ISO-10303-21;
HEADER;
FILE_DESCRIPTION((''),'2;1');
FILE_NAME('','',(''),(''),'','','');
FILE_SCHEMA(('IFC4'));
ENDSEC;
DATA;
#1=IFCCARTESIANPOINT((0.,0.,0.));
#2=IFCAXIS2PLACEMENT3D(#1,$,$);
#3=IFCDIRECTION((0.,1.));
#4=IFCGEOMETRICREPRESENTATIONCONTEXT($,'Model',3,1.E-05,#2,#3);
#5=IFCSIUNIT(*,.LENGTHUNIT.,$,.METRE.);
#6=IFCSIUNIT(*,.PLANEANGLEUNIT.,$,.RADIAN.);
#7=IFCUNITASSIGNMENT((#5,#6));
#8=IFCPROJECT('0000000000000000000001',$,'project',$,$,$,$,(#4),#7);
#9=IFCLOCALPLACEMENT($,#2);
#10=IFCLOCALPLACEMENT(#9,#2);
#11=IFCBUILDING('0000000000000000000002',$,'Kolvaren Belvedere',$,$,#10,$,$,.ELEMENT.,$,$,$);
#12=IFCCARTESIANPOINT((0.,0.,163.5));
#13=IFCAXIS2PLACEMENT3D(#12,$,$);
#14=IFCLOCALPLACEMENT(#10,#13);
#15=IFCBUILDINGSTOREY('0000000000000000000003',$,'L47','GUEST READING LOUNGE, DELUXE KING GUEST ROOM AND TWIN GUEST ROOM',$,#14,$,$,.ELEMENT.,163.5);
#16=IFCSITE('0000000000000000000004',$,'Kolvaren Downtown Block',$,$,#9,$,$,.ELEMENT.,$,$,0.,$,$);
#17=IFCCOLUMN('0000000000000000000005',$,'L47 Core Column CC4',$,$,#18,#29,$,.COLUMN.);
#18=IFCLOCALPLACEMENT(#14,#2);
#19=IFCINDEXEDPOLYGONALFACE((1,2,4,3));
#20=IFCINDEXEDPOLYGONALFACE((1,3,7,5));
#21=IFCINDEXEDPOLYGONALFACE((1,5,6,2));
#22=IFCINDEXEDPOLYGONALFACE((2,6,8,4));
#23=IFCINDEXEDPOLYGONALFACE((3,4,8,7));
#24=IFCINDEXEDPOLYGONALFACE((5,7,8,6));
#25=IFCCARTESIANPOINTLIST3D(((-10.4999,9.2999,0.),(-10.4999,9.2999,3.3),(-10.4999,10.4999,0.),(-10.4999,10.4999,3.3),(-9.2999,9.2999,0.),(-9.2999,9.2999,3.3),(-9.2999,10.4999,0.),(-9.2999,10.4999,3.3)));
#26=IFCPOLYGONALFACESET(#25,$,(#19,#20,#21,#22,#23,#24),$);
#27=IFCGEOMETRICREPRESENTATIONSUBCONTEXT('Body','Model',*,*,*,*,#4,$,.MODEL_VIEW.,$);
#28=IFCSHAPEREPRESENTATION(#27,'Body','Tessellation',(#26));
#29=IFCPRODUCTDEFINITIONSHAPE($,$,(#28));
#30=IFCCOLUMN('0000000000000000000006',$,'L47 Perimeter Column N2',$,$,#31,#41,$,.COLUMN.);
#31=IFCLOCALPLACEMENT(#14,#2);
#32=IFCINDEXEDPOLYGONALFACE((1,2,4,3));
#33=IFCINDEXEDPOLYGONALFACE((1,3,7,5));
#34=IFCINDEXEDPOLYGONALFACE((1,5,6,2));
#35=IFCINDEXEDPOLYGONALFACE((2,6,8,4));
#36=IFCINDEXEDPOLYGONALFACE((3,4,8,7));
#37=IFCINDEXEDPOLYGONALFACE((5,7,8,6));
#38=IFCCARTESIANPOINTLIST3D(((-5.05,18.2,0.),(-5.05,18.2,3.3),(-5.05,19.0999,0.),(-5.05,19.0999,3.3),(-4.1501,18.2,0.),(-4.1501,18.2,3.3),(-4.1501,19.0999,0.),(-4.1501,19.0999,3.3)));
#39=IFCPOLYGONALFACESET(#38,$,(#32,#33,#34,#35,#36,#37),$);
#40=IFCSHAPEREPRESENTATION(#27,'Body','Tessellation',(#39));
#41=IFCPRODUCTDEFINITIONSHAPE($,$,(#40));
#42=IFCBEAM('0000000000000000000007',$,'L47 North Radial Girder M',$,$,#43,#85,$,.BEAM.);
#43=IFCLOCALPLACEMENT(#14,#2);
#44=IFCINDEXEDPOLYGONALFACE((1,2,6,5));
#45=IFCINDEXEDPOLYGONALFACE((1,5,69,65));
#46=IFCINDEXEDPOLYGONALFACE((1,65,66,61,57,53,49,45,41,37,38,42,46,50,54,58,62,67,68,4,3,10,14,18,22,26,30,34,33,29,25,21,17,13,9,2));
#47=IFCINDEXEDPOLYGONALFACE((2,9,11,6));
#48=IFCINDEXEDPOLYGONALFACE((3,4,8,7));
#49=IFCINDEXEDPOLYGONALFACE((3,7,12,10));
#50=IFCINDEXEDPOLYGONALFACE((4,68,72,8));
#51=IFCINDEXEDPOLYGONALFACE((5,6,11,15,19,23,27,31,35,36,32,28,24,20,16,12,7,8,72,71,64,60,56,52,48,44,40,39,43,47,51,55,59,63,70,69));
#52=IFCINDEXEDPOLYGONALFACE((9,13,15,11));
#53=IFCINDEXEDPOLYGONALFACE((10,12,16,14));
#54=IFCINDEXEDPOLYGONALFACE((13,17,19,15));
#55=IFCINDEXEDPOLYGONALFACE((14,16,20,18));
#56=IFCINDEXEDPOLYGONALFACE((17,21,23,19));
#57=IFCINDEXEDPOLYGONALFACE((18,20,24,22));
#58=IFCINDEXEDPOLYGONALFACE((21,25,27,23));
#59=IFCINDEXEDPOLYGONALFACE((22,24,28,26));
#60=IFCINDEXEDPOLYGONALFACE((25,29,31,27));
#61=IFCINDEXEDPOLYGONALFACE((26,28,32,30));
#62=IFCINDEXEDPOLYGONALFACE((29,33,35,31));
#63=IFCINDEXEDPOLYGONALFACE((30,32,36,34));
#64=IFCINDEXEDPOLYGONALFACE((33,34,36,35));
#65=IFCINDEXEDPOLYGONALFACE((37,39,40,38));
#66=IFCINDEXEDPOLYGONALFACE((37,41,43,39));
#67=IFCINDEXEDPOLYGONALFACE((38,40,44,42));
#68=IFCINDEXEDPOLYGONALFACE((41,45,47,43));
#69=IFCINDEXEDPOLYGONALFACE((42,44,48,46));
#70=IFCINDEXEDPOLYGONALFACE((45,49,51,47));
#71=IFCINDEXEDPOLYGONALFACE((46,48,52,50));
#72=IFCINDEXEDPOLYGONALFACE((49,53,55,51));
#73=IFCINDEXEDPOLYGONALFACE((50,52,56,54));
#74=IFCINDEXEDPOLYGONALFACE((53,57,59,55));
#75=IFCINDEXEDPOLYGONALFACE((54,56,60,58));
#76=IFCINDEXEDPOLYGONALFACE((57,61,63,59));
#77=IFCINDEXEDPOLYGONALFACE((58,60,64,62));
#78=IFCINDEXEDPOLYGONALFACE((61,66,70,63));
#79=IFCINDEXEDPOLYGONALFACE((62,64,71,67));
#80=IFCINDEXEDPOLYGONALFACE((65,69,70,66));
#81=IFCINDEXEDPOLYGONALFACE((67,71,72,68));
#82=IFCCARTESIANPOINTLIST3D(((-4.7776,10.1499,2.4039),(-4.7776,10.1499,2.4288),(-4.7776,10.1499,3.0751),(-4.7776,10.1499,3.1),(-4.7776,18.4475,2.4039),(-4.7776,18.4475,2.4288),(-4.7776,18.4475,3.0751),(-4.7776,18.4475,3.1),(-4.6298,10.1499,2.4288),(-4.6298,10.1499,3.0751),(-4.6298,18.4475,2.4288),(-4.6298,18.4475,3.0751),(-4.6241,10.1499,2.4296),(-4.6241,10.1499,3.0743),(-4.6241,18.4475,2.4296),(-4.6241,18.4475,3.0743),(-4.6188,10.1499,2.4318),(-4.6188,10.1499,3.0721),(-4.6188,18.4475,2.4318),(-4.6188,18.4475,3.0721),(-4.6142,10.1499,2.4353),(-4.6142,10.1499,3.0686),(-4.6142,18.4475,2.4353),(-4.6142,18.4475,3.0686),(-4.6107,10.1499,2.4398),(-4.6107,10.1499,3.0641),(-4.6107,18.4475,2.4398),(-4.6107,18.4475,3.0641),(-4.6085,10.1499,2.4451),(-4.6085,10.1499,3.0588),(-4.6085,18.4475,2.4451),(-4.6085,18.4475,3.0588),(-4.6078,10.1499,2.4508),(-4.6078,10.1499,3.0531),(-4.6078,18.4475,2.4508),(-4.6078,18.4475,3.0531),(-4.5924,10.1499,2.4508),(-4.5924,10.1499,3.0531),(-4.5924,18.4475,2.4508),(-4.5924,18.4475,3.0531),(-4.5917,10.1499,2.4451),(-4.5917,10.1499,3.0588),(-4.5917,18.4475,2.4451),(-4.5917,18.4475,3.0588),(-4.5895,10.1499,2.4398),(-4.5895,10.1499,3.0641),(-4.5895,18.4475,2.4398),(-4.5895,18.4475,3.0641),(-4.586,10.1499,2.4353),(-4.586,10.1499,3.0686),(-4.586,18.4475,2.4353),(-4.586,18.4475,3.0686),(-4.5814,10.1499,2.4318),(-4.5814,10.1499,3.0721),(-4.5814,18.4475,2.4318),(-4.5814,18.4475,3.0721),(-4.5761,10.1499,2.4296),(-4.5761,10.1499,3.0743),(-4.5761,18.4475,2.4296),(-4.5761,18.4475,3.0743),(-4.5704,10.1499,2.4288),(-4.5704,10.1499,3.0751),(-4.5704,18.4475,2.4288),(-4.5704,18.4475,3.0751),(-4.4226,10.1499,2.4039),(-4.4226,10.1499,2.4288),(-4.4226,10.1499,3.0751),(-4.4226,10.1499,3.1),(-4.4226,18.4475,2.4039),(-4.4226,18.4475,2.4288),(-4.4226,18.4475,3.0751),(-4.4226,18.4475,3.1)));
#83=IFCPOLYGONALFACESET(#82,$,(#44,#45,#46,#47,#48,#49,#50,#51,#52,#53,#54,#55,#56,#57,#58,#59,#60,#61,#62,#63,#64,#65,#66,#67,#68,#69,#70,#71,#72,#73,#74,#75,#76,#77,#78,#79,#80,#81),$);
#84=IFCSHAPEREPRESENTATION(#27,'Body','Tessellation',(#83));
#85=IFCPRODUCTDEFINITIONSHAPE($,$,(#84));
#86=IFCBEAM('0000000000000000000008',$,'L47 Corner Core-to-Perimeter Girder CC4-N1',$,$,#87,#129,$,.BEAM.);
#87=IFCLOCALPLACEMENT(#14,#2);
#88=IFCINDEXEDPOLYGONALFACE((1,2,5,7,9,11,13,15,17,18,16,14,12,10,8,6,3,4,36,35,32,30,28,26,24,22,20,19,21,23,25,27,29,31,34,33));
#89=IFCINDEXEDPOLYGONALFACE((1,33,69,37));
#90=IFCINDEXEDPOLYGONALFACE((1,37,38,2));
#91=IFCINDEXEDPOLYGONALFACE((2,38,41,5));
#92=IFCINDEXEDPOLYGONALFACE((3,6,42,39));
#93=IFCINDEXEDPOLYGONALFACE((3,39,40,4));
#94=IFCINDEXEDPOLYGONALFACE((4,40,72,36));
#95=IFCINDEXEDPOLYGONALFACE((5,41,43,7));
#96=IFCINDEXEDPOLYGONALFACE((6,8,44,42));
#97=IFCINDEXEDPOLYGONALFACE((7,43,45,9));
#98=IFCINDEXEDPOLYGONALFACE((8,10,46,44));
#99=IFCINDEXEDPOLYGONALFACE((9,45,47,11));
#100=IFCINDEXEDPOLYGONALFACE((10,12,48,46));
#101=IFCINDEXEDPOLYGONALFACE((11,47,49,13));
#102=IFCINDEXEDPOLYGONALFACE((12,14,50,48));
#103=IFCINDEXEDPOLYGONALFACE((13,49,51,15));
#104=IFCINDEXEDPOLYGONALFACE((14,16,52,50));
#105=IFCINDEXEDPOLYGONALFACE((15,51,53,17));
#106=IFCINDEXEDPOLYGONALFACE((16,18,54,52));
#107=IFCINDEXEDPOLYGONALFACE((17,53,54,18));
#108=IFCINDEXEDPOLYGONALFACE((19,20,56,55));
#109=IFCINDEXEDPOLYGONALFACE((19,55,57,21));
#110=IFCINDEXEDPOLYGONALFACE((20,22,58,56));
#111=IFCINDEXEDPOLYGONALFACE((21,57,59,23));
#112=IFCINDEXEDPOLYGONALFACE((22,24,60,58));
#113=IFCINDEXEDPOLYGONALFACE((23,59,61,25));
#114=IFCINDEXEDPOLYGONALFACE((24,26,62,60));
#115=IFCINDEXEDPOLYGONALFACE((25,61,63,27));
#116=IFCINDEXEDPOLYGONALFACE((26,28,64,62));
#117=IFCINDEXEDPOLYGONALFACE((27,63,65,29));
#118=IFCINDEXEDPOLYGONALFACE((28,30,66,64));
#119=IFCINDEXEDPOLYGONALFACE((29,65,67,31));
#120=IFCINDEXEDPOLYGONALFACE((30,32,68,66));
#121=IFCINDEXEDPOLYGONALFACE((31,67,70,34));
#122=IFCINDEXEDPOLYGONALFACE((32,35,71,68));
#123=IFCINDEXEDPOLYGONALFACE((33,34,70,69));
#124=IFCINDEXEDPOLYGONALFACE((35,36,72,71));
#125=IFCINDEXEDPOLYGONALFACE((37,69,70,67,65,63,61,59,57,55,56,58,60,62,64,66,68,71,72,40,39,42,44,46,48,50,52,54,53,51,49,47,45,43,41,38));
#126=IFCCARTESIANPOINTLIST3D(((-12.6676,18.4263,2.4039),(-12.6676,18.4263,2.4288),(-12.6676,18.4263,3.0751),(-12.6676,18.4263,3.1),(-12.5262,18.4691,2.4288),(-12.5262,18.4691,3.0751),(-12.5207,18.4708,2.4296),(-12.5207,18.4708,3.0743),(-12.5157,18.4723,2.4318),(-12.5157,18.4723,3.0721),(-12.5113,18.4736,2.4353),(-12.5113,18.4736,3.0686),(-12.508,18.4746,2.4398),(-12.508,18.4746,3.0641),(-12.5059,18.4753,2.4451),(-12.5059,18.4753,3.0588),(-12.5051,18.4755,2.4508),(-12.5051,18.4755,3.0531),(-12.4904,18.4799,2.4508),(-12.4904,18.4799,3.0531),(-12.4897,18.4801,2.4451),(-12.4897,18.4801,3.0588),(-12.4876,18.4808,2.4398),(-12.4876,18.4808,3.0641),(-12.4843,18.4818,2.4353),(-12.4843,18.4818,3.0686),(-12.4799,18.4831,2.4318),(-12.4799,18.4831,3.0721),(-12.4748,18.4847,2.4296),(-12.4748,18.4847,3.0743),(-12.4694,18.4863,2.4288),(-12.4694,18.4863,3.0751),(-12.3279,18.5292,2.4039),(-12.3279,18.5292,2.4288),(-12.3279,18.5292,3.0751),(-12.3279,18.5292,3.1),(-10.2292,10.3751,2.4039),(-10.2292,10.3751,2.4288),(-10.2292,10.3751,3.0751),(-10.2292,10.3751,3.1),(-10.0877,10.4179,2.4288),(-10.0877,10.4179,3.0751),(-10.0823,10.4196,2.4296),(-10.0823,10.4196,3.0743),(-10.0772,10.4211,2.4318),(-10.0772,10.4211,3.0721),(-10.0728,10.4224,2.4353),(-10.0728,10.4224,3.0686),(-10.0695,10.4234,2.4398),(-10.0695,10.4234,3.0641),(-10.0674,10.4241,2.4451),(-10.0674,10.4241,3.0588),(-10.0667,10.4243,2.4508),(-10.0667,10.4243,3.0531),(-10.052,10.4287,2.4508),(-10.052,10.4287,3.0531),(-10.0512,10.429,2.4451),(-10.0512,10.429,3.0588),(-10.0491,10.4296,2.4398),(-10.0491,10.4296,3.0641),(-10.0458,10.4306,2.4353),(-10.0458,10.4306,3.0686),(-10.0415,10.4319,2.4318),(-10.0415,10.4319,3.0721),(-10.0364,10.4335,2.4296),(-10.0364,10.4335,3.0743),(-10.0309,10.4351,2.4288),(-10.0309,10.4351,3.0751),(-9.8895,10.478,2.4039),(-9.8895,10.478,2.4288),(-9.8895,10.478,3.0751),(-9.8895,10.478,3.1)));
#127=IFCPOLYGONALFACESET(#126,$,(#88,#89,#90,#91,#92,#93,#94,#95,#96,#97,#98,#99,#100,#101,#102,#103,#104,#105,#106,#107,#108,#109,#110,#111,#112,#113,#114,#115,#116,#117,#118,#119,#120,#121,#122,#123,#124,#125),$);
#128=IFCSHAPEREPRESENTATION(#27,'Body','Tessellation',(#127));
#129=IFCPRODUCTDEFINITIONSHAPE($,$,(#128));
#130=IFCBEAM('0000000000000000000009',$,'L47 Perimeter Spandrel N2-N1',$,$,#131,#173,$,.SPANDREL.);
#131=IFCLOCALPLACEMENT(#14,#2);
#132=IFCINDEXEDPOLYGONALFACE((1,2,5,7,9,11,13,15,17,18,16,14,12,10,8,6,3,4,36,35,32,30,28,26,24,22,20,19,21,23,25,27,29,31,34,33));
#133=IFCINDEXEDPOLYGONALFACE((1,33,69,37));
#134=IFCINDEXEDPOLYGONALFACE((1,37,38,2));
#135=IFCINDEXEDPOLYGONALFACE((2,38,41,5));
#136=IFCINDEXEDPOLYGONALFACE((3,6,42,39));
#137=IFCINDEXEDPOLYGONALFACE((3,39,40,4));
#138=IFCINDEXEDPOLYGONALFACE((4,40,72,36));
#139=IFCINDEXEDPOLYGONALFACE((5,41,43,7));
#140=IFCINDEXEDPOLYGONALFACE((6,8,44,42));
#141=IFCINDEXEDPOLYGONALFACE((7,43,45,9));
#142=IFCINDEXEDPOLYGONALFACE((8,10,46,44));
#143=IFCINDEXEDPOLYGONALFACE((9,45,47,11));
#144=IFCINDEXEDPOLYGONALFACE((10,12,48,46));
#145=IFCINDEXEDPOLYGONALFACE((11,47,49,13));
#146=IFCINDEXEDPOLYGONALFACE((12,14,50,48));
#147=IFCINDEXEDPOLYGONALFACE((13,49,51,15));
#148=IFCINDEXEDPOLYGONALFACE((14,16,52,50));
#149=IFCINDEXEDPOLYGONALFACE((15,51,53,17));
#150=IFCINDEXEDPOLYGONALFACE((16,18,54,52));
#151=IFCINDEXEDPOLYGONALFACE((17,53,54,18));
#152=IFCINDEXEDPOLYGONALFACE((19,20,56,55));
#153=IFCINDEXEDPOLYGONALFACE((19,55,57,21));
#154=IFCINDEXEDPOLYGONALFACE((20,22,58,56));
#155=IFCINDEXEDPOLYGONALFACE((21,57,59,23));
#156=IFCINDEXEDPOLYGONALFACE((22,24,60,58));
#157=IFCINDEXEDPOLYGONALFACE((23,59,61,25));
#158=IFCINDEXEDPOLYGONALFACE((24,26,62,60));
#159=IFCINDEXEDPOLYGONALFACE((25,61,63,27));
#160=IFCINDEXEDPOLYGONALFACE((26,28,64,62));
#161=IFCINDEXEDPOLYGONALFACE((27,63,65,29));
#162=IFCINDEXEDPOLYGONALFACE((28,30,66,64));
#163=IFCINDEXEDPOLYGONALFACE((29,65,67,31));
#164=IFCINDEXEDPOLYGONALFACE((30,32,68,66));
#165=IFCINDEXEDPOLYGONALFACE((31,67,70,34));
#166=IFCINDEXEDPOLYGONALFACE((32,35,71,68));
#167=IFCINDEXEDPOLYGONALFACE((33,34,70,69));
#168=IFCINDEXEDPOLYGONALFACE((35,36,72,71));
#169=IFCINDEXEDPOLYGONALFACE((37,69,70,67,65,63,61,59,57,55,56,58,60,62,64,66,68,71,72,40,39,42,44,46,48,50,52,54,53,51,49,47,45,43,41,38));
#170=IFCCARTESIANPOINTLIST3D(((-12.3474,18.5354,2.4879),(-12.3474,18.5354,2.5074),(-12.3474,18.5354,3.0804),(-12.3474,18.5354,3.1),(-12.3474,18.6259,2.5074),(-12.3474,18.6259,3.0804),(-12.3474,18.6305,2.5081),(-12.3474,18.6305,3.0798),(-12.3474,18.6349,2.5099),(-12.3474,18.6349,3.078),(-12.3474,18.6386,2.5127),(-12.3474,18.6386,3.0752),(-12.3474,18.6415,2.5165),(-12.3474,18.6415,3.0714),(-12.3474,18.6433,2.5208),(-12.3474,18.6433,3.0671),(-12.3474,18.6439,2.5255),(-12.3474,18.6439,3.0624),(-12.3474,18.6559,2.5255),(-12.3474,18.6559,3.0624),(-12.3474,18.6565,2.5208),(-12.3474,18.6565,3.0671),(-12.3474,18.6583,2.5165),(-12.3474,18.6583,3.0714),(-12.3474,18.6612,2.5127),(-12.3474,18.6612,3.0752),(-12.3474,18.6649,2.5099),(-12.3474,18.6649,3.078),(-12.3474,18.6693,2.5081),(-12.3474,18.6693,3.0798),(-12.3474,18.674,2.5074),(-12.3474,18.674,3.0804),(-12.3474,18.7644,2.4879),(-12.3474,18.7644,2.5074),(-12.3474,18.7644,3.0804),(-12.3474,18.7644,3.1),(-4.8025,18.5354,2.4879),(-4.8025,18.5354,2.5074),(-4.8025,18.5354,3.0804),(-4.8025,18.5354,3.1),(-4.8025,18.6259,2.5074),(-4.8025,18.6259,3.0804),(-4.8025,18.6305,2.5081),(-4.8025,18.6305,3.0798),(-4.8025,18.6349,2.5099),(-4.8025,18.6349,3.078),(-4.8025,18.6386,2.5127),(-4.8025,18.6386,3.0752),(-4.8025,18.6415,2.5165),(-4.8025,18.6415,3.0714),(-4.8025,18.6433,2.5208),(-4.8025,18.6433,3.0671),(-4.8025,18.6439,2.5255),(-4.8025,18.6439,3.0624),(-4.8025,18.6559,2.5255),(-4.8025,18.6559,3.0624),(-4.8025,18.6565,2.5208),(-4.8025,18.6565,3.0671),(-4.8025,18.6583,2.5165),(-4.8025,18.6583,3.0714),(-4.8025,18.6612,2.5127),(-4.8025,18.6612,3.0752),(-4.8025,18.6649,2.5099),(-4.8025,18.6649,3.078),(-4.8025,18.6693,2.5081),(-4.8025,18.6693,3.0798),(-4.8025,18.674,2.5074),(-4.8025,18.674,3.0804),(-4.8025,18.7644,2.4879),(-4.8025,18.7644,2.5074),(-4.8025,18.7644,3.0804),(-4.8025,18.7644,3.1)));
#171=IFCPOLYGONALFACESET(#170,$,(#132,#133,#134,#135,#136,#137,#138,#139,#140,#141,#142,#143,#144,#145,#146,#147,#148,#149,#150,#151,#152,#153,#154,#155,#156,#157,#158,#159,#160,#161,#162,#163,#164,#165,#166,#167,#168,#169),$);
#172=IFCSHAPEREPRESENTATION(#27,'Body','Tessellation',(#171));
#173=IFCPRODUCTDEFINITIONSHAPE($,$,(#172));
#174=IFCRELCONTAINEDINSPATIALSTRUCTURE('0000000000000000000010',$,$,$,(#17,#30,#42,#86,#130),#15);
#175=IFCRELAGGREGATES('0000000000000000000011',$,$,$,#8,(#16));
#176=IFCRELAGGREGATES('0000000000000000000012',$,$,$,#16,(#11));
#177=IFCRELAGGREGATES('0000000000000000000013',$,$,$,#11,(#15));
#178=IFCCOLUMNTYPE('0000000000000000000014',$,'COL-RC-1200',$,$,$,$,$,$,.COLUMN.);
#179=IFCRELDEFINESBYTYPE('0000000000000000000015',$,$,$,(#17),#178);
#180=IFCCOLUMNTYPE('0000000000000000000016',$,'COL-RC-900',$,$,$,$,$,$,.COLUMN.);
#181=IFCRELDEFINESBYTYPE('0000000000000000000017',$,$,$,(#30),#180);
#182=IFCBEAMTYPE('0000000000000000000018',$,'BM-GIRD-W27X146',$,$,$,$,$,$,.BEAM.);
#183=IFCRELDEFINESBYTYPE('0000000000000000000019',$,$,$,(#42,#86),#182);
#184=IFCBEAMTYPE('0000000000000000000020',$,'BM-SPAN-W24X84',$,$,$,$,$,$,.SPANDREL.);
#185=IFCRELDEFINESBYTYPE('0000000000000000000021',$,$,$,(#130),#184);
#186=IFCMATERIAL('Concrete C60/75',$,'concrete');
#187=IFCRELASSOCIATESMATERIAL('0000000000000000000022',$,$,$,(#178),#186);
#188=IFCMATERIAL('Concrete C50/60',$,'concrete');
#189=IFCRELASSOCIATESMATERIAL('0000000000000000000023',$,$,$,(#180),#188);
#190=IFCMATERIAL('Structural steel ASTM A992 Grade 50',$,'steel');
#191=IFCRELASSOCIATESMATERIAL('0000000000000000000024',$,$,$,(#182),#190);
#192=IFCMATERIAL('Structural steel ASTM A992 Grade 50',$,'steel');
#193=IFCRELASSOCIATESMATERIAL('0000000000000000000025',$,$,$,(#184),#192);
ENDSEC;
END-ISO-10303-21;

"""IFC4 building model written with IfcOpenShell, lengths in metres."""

from ifc_helpers import new_model, si_unit, direction, frame, origin, origin_2d, place, context, subcontext, project, spatial, rectangle, i_section, extrude, material, material_profile, profile_set, type_object, element, save


model = new_model("IFC4")

# Units and contexts
model_context = context("Model", 3, precision=1e-05, world=origin(), true_north=direction((0.0, 1.0)))
body_context = subcontext(model_context, "Body", "Model", "MODEL_VIEW")
ifc_project = project(units=[si_unit("LENGTHUNIT", "METRE"), si_unit("PLANEANGLEUNIT", "RADIAN")], contexts=[model_context])

# Site, building, storey
site_placement = place(None, origin())
site = spatial("IfcSite", under=ifc_project, at=site_placement, Name="Kolvaren Downtown Block", CompositionType="ELEMENT", RefElevation=0.0)
building_placement = place(site_placement, origin())
building = spatial("IfcBuilding", under=site, at=building_placement, Name="Kolvaren Belvedere", CompositionType="ELEMENT")
storey_placement = place(building_placement, frame((0.0, 0.0, 163.5)))
storey = spatial("IfcBuildingStorey", under=building, at=storey_placement, Name="L47", Description="GUEST READING LOUNGE, DELUXE KING GUEST ROOM AND TWIN GUEST ROOM", CompositionType="ELEMENT", Elevation=163.5)

# Columns
ifc_material_1 = material(Name="Concrete C60/75", Category="concrete")
ifc_material_profile_1 = material_profile(ifc_material_1, rectangle(XDim=1.2, YDim=1.2, at=origin_2d()), Name="RC 1200X1200")
ifc_profile_set_1 = profile_set([ifc_material_profile_1], Name="Concrete C60/75")
column_type_1 = type_object("IfcColumnType", Name="COL-RC-1200", PredefinedType="COLUMN", material=ifc_profile_set_1)
column_1_placement = place(storey_placement, frame((-9.8999, 9.8999, 0.0), z_axis=(0.0, 0.0, 1.0), x_axis=(1.0, 0.0, 0.0)))
element("IfcColumn", 1, at=column_1_placement, inside=storey, type_object=column_type_1, Name="L47 Core Column CC4", PredefinedType="COLUMN", context=body_context, shape_type="SweptSolid", body=[
    extrude(rectangle(XDim=1.2, YDim=1.2, at=origin_2d()), origin(), (0.0, 0.0, 1.0), 3.3),
])
ifc_material_2 = material(Name="Concrete C50/60", Category="concrete")
ifc_material_profile_2 = material_profile(ifc_material_2, rectangle(XDim=0.8999, YDim=0.8999, at=origin_2d()), Name="RC 900X900")
ifc_profile_set_2 = profile_set([ifc_material_profile_2], Name="Concrete C50/60")
column_type_2 = type_object("IfcColumnType", Name="COL-RC-900", PredefinedType="COLUMN", material=ifc_profile_set_2)
column_2_placement = place(storey_placement, frame((-4.6001, 18.6499, 0.0), z_axis=(0.0, 0.0, 1.0), x_axis=(1.0, 0.0, 0.0)))
element("IfcColumn", 2, at=column_2_placement, inside=storey, type_object=column_type_2, Name="L47 Perimeter Column N2", PredefinedType="COLUMN", context=body_context, shape_type="SweptSolid", body=[
    extrude(rectangle(XDim=0.8999, YDim=0.8999, at=origin_2d()), origin(), (0.0, 0.0, 1.0), 3.3),
])

# Beams
ifc_material_3 = material(Name="Structural steel ASTM A992 Grade 50", Category="steel")
ifc_material_profile_3 = material_profile(ifc_material_3, i_section(OverallWidth=0.355, OverallDepth=0.696, WebThickness=0.0154, FlangeThickness=0.0249, FilletRadius=0.022, at=origin_2d()), Name="W27X146")
ifc_profile_set_3 = profile_set([ifc_material_profile_3], Name="Structural steel ASTM A992 Grade 50")
beam_type_1 = type_object("IfcBeamType", Name="BM-GIRD-W27X146", PredefinedType="BEAM", material=ifc_profile_set_3)
beam_1_placement = place(storey_placement, frame((-4.6001, 10.1499, 2.752), z_axis=(0.0, 1.0, 0.0), x_axis=(-1.0, 0.0, 0.0)))
element("IfcBeam", 3, at=beam_1_placement, inside=storey, type_object=beam_type_1, Name="L47 North Radial Girder M", PredefinedType="BEAM", context=body_context, shape_type="SweptSolid", body=[
    extrude(i_section(OverallWidth=0.355, OverallDepth=0.696, WebThickness=0.0154, FlangeThickness=0.0249, FilletRadius=0.022, at=origin_2d()), origin(), (0.0, 0.0, 1.0), 8.2976),
])
beam_2_placement = place(storey_placement, frame((-10.0593, 10.4265, 2.752), z_axis=(-0.289866, 0.957067, 0.0), x_axis=(-0.957067, -0.289866, 0.0)))
element("IfcBeam", 4, at=beam_2_placement, inside=storey, type_object=beam_type_1, Name="L47 Corner Core-to-Perimeter Girder CC4-N1", PredefinedType="BEAM", context=body_context, shape_type="SweptSolid", body=[
    extrude(i_section(OverallWidth=0.355, OverallDepth=0.696, WebThickness=0.0154, FlangeThickness=0.0249, FilletRadius=0.022, at=origin_2d()), origin(), (0.0, 0.0, 1.0), 8.4124),
])
ifc_material_4 = material(Name="Structural steel ASTM A992 Grade 50", Category="steel")
ifc_material_profile_4 = material_profile(ifc_material_4, i_section(OverallWidth=0.229, OverallDepth=0.6121, WebThickness=0.012, FlangeThickness=0.0195, FilletRadius=0.0181, at=origin_2d()), Name="W24X84")
ifc_profile_set_4 = profile_set([ifc_material_profile_4], Name="Structural steel ASTM A992 Grade 50")
beam_type_2 = type_object("IfcBeamType", Name="BM-SPAN-W24X84", PredefinedType="SPANDREL", material=ifc_profile_set_4)
beam_3_placement = place(storey_placement, frame((-4.8025, 18.6499, 2.7939), z_axis=(-1.0, 0.0, 0.0), x_axis=(0.0, -1.0, 0.0)))
element("IfcBeam", 5, at=beam_3_placement, inside=storey, type_object=beam_type_2, Name="L47 Perimeter Spandrel N2-N1", PredefinedType="SPANDREL", context=body_context, shape_type="SweptSolid", body=[
    extrude(i_section(OverallWidth=0.229, OverallDepth=0.6121, WebThickness=0.012, FlangeThickness=0.0195, FilletRadius=0.0181, at=origin_2d()), origin(), (0.0, 0.0, 1.0), 7.5449),
])

save(model, "model.ifc")
